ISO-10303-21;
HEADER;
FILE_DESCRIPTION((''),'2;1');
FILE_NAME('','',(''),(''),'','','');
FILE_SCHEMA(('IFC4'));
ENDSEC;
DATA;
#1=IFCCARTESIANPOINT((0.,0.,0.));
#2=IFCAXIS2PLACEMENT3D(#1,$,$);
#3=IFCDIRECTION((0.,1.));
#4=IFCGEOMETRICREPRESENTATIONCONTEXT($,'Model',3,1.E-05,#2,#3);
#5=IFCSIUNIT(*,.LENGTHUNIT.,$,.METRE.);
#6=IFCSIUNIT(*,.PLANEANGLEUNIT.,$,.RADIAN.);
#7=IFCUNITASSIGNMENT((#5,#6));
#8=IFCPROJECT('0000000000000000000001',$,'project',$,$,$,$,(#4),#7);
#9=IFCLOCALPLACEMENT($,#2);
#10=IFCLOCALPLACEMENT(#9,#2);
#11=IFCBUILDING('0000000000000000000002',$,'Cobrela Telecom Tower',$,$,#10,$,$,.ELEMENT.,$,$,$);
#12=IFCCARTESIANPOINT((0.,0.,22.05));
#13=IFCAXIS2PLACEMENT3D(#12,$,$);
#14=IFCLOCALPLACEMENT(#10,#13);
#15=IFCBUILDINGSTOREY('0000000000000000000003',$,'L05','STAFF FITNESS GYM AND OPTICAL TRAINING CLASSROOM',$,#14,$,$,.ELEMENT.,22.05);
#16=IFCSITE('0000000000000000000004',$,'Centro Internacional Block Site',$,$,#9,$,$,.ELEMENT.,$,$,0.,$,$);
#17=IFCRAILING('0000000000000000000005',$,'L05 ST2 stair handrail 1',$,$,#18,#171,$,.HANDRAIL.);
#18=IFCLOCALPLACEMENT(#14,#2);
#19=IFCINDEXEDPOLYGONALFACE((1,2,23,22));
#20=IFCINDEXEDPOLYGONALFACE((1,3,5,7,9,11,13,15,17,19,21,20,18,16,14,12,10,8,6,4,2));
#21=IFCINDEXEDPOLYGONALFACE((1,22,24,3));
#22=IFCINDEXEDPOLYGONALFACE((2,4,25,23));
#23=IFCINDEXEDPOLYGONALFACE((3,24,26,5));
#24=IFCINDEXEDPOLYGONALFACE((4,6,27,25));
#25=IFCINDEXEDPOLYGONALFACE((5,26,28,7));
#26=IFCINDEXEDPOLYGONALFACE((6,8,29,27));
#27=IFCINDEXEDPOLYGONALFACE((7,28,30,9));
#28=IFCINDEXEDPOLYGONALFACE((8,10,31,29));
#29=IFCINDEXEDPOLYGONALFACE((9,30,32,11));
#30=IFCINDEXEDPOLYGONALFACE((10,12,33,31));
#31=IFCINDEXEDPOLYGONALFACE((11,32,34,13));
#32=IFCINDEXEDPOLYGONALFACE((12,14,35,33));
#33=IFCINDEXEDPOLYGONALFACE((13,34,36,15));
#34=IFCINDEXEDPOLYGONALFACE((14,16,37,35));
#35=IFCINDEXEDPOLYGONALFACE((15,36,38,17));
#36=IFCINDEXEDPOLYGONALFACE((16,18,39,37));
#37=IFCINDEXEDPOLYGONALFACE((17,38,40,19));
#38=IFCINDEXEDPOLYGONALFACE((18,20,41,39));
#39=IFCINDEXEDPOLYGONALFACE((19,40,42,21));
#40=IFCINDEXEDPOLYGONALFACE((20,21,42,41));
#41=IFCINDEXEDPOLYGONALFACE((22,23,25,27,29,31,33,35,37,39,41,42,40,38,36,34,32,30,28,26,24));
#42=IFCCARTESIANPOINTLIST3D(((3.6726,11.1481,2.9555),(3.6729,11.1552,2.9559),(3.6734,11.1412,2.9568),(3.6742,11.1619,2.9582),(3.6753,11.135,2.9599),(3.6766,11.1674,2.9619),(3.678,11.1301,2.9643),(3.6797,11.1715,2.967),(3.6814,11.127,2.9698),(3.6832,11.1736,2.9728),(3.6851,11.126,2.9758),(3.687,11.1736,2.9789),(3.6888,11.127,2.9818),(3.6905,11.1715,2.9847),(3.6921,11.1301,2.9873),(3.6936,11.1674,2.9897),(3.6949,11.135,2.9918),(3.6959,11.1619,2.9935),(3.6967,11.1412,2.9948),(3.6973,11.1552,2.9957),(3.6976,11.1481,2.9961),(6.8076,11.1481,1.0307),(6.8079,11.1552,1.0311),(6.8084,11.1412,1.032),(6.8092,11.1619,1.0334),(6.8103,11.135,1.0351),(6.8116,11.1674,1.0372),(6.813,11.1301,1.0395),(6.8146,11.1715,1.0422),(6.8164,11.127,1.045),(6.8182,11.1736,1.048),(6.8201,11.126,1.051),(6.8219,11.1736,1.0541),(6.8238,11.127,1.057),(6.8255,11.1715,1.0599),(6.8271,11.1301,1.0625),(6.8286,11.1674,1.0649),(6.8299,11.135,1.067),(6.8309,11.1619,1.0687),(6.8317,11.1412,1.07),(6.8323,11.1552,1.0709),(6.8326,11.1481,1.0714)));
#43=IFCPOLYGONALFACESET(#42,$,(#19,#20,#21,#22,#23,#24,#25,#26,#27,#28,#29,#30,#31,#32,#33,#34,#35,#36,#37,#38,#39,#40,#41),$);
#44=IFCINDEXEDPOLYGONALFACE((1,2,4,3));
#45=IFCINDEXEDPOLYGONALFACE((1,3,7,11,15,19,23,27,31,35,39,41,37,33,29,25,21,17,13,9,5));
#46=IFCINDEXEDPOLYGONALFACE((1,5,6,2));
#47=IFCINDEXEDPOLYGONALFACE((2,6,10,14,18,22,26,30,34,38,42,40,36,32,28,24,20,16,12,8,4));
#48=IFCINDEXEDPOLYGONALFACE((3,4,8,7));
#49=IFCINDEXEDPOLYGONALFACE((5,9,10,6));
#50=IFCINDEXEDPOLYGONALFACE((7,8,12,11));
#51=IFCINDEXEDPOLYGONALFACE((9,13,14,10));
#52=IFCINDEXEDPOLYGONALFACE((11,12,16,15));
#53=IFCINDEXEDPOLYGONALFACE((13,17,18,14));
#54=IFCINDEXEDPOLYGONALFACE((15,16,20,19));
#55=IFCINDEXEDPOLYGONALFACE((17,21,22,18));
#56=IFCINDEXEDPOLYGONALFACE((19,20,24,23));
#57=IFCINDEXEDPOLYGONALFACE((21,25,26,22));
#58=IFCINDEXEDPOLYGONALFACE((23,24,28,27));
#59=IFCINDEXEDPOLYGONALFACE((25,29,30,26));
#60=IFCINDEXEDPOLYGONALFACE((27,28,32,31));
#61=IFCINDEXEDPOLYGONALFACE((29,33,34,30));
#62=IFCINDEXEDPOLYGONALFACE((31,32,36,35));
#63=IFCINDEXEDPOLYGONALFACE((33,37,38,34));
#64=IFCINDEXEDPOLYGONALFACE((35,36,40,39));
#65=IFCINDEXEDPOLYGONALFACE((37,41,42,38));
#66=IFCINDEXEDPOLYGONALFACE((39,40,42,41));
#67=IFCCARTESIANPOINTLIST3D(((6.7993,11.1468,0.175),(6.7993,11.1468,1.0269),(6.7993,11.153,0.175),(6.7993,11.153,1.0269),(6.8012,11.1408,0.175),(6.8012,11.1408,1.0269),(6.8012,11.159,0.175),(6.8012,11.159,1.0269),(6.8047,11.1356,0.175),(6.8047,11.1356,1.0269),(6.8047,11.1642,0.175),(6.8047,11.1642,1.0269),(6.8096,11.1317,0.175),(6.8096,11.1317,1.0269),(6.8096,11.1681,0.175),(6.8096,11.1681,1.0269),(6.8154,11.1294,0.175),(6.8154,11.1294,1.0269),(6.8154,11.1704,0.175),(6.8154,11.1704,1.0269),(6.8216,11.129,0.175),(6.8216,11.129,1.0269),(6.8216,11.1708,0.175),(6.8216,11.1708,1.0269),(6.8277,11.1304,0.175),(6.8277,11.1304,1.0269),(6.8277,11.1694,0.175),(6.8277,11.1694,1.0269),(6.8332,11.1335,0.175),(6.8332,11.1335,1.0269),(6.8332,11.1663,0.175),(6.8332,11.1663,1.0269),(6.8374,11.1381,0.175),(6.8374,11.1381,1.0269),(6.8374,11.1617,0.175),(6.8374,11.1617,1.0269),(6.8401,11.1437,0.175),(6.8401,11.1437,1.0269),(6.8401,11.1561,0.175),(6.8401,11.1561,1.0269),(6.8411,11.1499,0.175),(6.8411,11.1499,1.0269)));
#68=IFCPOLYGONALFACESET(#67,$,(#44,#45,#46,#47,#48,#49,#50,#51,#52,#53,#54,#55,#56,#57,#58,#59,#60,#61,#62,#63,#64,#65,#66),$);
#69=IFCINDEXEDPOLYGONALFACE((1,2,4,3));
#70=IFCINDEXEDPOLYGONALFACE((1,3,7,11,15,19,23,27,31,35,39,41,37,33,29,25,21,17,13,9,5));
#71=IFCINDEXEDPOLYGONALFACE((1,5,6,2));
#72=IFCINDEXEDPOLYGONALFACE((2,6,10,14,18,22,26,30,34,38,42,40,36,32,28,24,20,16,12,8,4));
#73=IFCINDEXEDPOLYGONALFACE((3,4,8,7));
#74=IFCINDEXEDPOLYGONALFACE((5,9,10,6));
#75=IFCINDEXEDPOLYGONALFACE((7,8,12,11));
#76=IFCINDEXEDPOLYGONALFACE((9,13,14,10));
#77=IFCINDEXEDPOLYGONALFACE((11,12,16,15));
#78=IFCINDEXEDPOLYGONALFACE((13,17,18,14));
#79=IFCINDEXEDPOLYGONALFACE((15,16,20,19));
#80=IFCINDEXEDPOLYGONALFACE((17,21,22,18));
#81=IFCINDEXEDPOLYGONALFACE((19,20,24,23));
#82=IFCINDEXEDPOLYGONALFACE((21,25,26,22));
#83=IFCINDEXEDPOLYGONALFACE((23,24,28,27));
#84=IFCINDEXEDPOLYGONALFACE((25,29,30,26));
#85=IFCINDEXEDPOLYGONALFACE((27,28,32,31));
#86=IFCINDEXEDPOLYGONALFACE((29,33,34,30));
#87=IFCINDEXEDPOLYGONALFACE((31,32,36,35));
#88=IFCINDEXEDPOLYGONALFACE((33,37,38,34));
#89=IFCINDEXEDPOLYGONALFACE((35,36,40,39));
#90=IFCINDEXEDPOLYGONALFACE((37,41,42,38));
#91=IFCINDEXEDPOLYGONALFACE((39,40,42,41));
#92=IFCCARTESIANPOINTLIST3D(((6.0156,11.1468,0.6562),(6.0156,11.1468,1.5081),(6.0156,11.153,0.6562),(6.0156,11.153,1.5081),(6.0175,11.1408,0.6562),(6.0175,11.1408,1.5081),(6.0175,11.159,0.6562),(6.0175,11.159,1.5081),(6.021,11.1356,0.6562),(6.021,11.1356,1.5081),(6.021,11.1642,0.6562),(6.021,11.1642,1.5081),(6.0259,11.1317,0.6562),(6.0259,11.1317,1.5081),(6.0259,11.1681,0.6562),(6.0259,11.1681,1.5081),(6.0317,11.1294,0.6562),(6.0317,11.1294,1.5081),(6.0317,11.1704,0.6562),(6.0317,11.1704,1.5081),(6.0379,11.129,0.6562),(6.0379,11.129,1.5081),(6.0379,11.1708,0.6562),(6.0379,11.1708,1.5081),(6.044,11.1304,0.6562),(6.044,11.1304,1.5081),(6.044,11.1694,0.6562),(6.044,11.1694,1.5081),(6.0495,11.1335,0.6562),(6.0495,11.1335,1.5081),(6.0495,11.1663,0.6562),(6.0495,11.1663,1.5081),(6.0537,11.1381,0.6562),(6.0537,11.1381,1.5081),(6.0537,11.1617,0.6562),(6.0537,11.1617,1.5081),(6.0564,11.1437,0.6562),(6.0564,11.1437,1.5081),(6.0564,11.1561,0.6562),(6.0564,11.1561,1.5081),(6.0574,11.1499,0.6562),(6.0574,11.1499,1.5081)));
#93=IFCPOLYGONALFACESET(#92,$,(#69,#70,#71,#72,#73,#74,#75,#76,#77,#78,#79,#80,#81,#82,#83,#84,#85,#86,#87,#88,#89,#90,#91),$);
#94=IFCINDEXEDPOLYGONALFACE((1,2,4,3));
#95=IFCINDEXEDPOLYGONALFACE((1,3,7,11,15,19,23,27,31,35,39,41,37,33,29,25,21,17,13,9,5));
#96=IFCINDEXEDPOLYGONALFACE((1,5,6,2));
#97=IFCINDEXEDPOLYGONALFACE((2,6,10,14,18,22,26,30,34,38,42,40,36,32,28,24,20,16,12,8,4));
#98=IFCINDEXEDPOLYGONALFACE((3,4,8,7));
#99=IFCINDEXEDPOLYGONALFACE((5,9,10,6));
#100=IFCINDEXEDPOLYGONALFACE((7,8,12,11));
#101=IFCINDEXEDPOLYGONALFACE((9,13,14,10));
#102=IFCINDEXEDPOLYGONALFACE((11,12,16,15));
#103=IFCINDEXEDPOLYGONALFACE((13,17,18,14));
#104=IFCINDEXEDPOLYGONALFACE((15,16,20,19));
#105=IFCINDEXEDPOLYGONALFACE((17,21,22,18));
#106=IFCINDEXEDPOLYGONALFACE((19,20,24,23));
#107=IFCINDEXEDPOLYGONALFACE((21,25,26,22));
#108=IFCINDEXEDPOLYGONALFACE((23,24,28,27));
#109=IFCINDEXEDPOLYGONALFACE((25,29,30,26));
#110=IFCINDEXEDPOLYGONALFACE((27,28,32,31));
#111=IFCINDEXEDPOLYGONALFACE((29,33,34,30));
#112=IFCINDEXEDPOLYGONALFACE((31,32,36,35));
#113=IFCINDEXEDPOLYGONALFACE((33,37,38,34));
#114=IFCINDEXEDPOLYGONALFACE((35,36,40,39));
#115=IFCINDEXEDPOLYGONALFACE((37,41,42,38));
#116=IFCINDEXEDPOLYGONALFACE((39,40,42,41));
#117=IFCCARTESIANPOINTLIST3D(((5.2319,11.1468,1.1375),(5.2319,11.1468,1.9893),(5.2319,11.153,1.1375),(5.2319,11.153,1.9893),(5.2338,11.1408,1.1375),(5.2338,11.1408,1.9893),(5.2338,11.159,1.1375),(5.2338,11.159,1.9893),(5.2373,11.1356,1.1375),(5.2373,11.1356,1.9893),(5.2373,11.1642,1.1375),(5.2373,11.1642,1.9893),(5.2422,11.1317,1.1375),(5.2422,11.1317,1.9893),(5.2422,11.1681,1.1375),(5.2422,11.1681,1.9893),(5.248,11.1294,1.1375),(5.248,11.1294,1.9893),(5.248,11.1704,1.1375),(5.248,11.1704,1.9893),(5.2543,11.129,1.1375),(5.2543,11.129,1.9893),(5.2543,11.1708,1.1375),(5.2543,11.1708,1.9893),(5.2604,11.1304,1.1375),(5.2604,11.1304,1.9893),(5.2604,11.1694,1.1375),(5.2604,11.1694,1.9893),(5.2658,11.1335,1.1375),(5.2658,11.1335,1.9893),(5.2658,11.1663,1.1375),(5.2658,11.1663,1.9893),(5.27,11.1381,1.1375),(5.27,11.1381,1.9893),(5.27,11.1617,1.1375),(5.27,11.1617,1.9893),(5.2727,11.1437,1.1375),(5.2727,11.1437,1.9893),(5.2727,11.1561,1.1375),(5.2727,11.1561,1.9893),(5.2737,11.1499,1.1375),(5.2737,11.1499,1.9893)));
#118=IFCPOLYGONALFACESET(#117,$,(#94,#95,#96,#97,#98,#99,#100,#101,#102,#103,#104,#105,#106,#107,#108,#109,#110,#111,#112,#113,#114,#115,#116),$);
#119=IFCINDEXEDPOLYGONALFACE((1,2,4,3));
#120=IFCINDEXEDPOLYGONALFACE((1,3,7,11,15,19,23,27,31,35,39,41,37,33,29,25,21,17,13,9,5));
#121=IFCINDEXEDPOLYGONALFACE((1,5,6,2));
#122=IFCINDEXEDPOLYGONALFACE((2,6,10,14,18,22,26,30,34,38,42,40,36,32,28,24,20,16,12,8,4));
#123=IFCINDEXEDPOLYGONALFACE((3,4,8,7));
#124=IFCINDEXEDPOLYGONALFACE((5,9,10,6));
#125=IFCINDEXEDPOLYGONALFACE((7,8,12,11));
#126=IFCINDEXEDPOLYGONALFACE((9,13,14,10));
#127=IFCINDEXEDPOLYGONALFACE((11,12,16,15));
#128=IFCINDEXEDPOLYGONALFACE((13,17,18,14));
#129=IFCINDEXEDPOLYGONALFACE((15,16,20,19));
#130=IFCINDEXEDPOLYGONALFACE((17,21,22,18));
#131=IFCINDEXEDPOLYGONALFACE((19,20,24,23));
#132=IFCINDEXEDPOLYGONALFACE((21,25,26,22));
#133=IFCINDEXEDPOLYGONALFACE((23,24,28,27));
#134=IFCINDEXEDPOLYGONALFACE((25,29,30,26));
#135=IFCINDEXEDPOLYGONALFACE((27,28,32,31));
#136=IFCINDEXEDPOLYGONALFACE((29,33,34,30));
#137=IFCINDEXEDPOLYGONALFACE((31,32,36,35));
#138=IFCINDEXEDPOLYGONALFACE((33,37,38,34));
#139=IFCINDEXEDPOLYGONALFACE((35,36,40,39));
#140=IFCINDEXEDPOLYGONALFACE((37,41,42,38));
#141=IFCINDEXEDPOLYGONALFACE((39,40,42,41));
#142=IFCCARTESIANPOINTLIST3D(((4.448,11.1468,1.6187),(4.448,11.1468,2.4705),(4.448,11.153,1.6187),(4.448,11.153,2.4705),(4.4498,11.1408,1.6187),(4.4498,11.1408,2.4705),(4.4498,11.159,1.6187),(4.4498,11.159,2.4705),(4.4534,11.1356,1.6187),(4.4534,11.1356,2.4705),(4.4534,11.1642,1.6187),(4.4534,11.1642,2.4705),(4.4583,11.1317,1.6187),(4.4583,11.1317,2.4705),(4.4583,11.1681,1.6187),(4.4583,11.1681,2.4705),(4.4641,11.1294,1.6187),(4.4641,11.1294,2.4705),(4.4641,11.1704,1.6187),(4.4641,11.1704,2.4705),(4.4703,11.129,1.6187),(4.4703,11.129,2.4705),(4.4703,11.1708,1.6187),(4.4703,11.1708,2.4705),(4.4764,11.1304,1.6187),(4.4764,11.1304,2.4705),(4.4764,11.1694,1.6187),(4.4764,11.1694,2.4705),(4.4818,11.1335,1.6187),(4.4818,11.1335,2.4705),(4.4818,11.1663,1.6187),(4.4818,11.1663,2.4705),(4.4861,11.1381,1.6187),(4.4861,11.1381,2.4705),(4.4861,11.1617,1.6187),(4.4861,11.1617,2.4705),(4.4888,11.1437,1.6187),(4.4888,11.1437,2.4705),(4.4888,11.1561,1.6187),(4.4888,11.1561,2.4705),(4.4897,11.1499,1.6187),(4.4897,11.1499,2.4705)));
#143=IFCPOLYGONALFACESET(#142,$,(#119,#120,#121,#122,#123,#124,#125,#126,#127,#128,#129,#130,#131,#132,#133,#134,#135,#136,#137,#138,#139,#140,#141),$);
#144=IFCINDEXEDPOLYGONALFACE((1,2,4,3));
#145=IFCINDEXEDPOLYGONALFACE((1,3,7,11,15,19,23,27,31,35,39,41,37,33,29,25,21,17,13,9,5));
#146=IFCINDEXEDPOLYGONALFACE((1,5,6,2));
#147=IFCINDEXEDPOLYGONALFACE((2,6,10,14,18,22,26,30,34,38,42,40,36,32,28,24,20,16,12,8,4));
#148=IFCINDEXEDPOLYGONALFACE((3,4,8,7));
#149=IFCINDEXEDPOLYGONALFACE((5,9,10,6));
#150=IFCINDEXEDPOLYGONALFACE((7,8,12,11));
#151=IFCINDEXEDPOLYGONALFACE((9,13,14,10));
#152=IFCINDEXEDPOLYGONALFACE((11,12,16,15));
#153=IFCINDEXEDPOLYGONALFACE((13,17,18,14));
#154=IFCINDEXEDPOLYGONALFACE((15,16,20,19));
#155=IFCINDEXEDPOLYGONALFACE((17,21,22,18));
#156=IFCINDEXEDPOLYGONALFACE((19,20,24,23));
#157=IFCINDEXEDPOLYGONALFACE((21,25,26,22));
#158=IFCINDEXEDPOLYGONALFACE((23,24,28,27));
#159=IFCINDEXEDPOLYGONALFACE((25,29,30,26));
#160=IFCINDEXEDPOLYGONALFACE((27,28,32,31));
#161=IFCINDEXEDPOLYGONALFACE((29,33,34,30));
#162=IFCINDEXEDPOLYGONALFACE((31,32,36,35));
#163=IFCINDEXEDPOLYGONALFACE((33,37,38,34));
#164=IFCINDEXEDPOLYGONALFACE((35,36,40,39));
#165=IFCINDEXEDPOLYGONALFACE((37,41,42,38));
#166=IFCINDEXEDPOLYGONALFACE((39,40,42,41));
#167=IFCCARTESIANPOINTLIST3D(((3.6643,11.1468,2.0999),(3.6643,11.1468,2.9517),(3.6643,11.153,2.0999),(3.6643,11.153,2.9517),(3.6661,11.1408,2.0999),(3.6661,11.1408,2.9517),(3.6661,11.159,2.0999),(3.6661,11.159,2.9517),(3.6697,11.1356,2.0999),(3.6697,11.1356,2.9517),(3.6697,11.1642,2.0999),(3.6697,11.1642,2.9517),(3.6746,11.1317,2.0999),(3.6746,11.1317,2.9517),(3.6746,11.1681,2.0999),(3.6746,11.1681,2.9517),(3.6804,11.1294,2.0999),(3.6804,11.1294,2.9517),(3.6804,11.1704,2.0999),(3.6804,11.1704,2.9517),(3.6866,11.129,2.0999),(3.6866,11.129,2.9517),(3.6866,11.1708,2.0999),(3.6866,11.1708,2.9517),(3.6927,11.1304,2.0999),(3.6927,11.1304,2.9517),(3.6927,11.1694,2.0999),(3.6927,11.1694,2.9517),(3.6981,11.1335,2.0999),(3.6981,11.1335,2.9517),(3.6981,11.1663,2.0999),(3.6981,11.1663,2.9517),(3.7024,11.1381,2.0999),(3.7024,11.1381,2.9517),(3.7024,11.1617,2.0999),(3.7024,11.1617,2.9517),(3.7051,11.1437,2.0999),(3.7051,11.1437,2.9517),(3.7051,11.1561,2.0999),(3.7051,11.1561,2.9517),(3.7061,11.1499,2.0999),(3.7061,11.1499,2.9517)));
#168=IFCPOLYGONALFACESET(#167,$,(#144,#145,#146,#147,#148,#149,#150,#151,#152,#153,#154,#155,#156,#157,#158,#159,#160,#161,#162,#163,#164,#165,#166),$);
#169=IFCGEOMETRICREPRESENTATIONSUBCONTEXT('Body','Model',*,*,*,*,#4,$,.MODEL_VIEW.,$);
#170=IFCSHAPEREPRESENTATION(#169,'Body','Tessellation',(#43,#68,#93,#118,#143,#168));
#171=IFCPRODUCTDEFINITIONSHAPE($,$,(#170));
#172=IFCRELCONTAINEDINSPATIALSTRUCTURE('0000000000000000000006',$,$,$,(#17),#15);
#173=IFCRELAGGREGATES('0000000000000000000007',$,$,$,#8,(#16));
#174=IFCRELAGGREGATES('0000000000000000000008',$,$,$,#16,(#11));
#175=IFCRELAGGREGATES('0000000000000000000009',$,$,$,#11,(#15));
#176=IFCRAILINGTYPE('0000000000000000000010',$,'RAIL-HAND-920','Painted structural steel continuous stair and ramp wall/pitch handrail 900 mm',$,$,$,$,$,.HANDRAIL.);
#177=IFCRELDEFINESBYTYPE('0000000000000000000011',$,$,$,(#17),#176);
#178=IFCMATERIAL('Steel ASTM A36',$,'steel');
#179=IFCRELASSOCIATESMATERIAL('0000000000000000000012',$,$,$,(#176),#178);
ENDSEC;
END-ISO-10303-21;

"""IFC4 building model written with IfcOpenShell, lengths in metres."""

from ifc_helpers import new_model, si_unit, direction, frame, origin, origin_2d, place, context, subcontext, project, spatial, circle, extrude, material, type_object, element, save


model = new_model("IFC4")

# Units and contexts
model_context = context("Model", 3, precision=1e-05, world=origin(), true_north=direction((0.0, 1.0)))
body_context = subcontext(model_context, "Body", "Model", "MODEL_VIEW")
ifc_project = project(units=[si_unit("LENGTHUNIT", "METRE"), si_unit("PLANEANGLEUNIT", "RADIAN")], contexts=[model_context])

# Site, building, storey
site_placement = place(None, origin())
site = spatial("IfcSite", under=ifc_project, at=site_placement, Name="Centro Internacional Block Site", CompositionType="ELEMENT", RefElevation=0.0)
building_placement = place(site_placement, origin())
building = spatial("IfcBuilding", under=site, at=building_placement, Name="Cobrela Telecom Tower", CompositionType="ELEMENT")
storey_placement = place(building_placement, frame((0.0, 0.0, 22.05)))
storey = spatial("IfcBuildingStorey", under=building, at=storey_placement, Name="L05", Description="STAFF FITNESS GYM AND OPTICAL TRAINING CLASSROOM", CompositionType="ELEMENT", Elevation=22.05)

# Shared definitions
ifc_material_1 = material(Name="Steel ASTM A36", Category="steel")

# Railing
railing_type_1 = type_object("IfcRailingType", Name="RAIL-HAND-920", Description="Painted structural steel continuous stair and ramp wall/pitch handrail 900 mm", PredefinedType="HANDRAIL", material=ifc_material_1)
railing_1_placement = place(storey_placement, frame((6.8201, 11.1499, 0.175)))
element("IfcRailing", 1, at=railing_1_placement, inside=storey, type_object=railing_type_1, Name="L05 ST2 stair handrail 1", PredefinedType="HANDRAIL", context=body_context, shape_type="SweptSolid", body=[
    extrude(circle(Radius=0.0239, at=origin_2d()), frame((0.0, 0.0, 0.876), z_axis=(-0.852196, 0.0, 0.523223), x_axis=(0.0, -1.0, 0.0)), (0.0, 0.0, 1.0), 3.6787),
    extrude(circle(Radius=0.021, at=origin_2d()), origin(), (0.0, 0.0, 1.0), 0.8518),
    extrude(circle(Radius=0.021, at=origin_2d()), frame((-0.7837, 0.0, 0.4812)), (0.0, 0.0, 1.0), 0.8518),
    extrude(circle(Radius=0.021, at=origin_2d()), frame((-1.5674, 0.0, 0.9624)), (0.0, 0.0, 1.0), 0.8518),
    extrude(circle(Radius=0.021, at=origin_2d()), frame((-2.3513, 0.0, 1.4436)), (0.0, 0.0, 1.0), 0.8518),
    extrude(circle(Radius=0.021, at=origin_2d()), frame((-3.135, 0.0, 1.9248)), (0.0, 0.0, 1.0), 0.8518),
])

save(model, "model.ifc")
